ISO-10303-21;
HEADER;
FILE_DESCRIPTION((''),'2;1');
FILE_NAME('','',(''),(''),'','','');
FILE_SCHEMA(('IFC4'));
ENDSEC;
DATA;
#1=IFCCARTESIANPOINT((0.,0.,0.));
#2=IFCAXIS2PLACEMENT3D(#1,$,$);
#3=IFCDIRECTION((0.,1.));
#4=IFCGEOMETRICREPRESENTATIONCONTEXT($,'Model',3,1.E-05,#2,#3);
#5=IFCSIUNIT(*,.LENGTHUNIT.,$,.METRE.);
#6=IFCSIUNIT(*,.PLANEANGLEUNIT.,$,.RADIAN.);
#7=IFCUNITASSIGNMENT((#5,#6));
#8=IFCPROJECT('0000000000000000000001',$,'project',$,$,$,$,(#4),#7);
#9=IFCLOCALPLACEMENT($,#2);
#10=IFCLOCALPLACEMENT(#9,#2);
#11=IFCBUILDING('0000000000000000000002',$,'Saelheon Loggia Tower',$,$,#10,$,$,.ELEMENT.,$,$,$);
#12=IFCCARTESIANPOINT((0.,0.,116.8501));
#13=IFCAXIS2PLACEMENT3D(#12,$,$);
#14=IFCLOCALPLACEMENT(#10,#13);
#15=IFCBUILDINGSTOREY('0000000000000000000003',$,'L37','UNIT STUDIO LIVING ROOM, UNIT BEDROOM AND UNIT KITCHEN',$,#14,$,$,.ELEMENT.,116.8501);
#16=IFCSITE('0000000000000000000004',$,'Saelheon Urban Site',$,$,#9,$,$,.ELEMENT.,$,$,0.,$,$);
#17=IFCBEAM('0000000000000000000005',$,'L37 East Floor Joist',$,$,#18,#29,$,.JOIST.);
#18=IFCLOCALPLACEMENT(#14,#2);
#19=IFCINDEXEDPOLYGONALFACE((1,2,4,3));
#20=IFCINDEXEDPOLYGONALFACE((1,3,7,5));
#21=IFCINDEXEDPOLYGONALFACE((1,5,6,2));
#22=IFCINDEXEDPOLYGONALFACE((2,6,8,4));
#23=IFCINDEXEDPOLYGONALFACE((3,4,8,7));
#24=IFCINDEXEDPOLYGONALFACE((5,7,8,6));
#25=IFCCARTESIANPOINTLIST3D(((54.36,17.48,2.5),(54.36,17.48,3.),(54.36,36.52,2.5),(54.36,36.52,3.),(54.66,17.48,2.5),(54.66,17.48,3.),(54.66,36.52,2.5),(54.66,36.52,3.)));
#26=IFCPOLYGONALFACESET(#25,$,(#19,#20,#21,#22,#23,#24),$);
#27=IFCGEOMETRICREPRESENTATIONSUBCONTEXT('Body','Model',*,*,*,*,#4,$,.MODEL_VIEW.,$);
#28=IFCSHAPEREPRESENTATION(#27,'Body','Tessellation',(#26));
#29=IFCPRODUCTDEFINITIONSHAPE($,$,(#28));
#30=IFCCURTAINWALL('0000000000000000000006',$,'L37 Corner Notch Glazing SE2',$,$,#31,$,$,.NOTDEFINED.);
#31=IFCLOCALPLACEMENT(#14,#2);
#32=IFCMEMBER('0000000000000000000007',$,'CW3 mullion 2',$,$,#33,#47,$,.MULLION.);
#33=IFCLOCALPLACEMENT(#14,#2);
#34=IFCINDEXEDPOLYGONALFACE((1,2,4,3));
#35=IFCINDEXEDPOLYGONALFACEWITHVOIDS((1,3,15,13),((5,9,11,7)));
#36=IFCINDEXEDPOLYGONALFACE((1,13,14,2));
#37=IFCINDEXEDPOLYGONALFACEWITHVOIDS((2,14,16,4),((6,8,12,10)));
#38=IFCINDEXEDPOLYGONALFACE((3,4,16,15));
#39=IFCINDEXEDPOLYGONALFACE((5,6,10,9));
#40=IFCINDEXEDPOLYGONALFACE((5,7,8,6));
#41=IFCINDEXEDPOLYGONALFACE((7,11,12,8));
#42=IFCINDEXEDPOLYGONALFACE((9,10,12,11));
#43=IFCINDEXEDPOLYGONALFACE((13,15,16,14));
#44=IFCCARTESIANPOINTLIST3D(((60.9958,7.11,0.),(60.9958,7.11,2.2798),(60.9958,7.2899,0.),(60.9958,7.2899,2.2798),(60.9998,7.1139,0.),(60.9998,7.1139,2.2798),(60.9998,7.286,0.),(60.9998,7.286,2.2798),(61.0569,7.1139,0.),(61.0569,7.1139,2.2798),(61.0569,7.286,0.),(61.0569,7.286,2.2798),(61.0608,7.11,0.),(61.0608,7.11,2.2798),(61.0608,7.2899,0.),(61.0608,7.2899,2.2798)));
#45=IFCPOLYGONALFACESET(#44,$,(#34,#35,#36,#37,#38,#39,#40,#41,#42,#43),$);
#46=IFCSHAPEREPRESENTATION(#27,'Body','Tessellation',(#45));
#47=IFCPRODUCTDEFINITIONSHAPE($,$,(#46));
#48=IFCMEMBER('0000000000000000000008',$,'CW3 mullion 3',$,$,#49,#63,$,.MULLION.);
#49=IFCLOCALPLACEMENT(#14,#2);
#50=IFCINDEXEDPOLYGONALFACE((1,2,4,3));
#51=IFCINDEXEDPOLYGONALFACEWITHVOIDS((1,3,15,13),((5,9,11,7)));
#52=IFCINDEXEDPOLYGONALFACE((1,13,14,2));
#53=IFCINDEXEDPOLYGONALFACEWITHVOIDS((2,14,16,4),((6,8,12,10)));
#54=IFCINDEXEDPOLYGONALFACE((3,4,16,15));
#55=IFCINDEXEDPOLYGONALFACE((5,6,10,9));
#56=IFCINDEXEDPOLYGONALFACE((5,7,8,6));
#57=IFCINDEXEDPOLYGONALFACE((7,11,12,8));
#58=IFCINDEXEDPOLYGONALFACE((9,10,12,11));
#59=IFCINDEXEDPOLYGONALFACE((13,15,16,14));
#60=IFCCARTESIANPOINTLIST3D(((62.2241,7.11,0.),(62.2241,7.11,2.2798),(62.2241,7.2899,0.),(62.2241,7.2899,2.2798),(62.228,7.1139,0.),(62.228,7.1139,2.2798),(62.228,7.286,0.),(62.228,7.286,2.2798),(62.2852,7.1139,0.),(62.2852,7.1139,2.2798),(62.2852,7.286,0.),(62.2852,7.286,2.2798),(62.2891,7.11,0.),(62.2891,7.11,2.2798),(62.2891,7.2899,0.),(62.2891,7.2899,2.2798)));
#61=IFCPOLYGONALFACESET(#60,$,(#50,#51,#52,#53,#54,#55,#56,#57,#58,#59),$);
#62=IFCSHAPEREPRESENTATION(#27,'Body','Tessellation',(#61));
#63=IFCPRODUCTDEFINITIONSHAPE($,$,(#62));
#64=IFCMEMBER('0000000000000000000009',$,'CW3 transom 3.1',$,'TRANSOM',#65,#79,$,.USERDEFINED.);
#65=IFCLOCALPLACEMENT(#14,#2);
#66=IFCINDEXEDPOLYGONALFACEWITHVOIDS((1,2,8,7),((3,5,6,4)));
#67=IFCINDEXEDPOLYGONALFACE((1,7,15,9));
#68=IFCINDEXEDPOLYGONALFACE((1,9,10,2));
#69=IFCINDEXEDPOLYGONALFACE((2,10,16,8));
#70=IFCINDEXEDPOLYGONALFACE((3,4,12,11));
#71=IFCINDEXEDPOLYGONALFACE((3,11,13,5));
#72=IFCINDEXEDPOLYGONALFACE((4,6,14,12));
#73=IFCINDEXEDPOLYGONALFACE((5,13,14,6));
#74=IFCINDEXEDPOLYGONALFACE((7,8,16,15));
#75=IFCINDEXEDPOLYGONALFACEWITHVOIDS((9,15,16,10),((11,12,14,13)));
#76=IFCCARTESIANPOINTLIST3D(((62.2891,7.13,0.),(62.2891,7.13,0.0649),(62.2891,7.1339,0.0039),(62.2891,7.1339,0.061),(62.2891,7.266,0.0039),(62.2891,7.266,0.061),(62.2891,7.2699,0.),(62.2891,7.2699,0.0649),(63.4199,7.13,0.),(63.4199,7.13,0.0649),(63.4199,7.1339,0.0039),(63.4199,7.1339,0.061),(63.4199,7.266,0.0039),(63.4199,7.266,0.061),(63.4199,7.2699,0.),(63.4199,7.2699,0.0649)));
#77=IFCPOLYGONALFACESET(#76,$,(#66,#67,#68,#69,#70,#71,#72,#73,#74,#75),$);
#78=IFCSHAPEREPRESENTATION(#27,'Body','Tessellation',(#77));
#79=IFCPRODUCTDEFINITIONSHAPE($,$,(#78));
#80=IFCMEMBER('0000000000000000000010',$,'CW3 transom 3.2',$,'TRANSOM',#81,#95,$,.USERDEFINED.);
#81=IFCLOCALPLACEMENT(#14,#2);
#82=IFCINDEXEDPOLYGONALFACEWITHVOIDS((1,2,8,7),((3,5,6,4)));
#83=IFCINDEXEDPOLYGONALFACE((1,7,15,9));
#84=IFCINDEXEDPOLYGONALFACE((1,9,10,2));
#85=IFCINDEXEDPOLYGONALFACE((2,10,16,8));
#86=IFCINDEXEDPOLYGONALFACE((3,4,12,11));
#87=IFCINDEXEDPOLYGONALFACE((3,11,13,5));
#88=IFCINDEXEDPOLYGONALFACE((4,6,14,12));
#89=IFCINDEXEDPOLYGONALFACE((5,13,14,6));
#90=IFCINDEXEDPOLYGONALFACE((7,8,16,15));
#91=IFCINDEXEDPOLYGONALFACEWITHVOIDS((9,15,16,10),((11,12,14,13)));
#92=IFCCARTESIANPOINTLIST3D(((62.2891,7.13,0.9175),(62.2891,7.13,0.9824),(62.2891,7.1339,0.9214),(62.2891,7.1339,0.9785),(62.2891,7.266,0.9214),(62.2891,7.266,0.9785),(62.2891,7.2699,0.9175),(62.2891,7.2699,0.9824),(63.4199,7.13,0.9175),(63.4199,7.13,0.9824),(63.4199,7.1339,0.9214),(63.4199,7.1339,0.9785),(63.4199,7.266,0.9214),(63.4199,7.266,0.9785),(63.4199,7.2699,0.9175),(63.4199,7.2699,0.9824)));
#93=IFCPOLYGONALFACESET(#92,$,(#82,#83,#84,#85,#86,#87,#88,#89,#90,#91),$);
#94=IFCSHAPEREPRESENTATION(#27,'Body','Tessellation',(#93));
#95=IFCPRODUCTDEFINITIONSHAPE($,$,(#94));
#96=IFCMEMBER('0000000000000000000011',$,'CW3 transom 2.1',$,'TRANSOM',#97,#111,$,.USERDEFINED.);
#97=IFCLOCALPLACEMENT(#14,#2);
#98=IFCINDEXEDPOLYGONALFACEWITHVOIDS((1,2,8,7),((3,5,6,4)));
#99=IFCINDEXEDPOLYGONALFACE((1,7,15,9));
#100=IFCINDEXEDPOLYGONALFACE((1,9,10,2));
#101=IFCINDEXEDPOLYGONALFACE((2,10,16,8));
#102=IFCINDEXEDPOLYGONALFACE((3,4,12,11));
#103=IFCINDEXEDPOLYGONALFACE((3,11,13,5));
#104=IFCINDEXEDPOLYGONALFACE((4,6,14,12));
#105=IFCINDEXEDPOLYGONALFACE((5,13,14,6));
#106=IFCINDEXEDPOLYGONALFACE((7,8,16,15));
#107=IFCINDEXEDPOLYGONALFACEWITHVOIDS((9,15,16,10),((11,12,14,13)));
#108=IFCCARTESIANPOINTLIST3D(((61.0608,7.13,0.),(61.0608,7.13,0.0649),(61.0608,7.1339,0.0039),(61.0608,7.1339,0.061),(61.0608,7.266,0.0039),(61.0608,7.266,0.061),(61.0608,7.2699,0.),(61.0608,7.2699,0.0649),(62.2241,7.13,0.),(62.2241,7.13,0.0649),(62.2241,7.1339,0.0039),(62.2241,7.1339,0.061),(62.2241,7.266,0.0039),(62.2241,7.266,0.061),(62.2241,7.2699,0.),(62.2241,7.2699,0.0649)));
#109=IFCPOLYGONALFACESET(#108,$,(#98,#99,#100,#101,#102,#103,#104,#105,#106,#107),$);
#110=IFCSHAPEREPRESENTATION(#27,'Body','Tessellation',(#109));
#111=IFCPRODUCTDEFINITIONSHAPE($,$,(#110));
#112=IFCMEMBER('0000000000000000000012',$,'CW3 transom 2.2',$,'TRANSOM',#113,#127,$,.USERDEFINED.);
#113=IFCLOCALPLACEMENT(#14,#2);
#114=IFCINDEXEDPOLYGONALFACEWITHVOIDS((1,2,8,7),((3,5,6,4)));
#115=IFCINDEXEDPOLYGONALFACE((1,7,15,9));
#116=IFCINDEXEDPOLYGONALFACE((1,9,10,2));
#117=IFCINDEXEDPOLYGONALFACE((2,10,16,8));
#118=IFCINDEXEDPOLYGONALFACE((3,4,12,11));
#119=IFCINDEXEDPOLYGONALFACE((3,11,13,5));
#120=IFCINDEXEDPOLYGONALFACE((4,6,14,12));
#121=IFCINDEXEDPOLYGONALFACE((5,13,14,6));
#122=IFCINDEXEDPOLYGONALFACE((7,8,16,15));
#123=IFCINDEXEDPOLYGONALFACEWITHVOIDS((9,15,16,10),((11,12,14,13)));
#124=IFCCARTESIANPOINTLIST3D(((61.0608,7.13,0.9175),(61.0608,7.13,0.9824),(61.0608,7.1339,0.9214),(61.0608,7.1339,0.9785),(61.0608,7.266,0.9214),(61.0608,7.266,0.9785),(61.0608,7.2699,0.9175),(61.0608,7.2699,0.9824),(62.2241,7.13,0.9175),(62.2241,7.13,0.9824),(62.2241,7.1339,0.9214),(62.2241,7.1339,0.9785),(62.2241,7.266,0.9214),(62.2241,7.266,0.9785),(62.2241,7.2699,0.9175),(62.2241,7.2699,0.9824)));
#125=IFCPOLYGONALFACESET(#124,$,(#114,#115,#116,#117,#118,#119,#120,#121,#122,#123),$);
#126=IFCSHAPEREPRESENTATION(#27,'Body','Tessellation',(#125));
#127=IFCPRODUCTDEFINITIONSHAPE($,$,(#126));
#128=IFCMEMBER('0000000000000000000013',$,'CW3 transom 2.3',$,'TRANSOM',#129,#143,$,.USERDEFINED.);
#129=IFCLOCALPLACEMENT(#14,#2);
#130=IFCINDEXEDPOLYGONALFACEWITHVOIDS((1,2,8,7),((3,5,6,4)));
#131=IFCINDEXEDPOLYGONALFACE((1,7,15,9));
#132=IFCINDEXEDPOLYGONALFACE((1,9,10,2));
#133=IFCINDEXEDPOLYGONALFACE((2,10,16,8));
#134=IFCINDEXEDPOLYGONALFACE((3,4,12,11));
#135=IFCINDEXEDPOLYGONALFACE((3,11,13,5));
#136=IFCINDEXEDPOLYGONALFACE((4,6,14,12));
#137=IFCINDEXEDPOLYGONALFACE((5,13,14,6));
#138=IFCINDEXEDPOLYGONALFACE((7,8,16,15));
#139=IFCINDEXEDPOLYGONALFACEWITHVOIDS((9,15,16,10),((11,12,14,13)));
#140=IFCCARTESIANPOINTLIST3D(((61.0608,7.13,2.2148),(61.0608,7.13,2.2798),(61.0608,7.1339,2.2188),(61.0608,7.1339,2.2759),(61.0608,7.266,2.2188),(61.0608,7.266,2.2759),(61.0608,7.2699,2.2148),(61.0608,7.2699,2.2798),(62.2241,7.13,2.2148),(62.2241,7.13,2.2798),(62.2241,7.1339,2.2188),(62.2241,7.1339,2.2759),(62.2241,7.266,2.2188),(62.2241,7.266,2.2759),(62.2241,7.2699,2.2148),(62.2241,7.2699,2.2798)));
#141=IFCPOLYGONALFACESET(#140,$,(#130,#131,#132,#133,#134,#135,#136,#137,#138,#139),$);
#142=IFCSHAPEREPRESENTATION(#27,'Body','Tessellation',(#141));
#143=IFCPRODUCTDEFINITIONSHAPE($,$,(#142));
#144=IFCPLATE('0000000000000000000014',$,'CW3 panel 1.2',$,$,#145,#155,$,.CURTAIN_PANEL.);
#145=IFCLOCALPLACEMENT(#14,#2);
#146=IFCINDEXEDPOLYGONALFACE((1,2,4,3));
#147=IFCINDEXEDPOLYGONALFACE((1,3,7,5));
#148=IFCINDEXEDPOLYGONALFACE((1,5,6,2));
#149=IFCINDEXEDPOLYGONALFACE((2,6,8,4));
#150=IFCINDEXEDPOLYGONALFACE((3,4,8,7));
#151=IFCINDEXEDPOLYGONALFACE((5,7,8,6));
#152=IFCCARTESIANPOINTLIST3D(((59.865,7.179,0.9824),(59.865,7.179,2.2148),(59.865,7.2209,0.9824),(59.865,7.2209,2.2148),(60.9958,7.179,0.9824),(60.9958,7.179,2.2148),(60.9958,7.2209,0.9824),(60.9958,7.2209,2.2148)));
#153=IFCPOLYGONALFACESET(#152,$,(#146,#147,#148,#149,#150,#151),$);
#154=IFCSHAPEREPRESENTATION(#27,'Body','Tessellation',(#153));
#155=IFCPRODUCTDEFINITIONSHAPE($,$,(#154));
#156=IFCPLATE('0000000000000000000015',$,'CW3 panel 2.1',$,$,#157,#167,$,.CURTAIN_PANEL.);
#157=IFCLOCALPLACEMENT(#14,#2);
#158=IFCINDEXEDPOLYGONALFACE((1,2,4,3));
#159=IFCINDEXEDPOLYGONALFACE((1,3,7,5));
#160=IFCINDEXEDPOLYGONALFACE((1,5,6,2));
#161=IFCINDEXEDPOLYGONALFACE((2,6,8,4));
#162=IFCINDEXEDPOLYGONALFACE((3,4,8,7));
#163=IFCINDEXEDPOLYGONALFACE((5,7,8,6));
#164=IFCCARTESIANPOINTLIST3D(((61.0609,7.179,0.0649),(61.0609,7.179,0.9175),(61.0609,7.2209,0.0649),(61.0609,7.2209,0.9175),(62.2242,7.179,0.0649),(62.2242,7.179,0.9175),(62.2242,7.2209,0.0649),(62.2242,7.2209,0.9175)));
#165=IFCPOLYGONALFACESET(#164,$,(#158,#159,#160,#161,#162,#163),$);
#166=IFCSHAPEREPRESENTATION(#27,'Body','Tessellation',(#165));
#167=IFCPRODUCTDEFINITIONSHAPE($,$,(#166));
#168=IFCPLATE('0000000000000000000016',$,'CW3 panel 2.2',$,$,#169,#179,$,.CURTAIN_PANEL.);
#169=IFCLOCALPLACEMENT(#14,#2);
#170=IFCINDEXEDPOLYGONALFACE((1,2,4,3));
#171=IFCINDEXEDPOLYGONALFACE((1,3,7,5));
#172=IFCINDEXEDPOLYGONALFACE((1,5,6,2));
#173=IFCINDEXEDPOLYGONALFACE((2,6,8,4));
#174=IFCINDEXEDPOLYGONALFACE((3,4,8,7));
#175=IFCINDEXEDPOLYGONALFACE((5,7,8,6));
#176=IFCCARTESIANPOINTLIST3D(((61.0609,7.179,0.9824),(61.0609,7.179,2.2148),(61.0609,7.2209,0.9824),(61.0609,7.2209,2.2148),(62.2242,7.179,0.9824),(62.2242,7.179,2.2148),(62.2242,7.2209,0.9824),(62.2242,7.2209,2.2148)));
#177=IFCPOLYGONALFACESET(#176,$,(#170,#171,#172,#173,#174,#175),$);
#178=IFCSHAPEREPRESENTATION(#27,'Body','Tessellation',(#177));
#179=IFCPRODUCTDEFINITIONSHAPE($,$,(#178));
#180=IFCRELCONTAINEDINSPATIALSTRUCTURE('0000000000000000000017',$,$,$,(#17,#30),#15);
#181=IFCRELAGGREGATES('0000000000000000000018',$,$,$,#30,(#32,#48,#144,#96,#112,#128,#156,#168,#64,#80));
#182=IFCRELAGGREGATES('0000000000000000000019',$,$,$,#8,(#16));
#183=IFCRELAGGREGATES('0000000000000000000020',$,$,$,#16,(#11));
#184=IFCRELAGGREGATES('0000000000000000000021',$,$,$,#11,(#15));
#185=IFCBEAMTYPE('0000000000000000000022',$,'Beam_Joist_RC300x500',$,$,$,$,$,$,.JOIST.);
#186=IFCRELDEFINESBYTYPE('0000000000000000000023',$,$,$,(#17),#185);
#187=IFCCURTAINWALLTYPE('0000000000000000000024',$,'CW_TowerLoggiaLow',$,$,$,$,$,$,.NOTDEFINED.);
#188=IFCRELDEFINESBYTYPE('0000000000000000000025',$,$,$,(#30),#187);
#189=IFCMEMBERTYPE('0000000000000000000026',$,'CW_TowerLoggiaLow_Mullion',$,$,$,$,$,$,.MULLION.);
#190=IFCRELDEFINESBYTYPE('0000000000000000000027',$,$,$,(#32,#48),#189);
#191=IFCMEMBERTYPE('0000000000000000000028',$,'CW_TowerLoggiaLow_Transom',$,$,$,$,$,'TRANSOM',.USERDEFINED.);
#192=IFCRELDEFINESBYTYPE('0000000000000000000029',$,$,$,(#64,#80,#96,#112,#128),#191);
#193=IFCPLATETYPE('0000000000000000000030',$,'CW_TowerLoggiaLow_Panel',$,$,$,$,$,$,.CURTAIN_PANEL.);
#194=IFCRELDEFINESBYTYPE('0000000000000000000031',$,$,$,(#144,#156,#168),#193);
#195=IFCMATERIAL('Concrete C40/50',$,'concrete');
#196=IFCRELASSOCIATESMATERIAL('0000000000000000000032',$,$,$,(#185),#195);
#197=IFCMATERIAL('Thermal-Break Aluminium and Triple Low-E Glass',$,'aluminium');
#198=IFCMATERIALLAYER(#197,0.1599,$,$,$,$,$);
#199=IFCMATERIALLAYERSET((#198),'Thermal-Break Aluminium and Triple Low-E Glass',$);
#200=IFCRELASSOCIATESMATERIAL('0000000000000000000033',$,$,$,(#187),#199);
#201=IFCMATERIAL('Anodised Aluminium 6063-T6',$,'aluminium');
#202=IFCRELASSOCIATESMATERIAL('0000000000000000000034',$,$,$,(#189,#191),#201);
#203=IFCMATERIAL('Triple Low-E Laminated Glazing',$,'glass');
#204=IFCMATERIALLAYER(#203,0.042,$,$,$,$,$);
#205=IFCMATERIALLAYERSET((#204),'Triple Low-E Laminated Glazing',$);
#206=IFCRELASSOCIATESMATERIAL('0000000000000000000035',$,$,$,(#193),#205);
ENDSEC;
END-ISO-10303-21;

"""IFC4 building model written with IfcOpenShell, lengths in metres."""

from ifc_helpers import new_model, si_unit, direction, frame, origin, origin_2d, place, context, subcontext, project, spatial, rectangle, hollow_rectangle, extrude, source, transform, mapped, material, layer, layer_set, material_profile, profile_set, type_object, element, aggregate, save


model = new_model("IFC4")

# Units and contexts
model_context = context("Model", 3, precision=1e-05, world=origin(), true_north=direction((0.0, 1.0)))
body_context = subcontext(model_context, "Body", "Model", "MODEL_VIEW")
ifc_project = project(units=[si_unit("LENGTHUNIT", "METRE"), si_unit("PLANEANGLEUNIT", "RADIAN")], contexts=[model_context])

# Site, building, storey
site_placement = place(None, origin())
site = spatial("IfcSite", under=ifc_project, at=site_placement, Name="Saelheon Urban Site", CompositionType="ELEMENT", RefElevation=0.0)
building_placement = place(site_placement, origin())
building = spatial("IfcBuilding", under=site, at=building_placement, Name="Saelheon Loggia Tower", CompositionType="ELEMENT")
storey_placement = place(building_placement, frame((0.0, 0.0, 116.8501)))
storey = spatial("IfcBuildingStorey", under=building, at=storey_placement, Name="L37", Description="UNIT STUDIO LIVING ROOM, UNIT BEDROOM AND UNIT KITCHEN", CompositionType="ELEMENT", Elevation=116.8501)

# Beam
ifc_material_1 = material(Name="Concrete C40/50", Category="concrete")
ifc_material_profile_1 = material_profile(ifc_material_1, rectangle(XDim=0.3, YDim=0.5, at=origin_2d()), Name="RC-300x500")
ifc_profile_set_1 = profile_set([ifc_material_profile_1], Name="Concrete C40/50")
beam_type = type_object("IfcBeamType", Name="Beam_Joist_RC300x500", PredefinedType="JOIST", material=ifc_profile_set_1)
shared_shape_1 = source(origin(), body_context, "Body", "SweptSolid", [
    extrude(rectangle(XDim=0.3, YDim=0.5, at=origin_2d()), origin(), (0.0, 0.0, 1.0), 19.04),
])
beam_placement = place(storey_placement, frame((54.51, 17.48, 2.75), z_axis=(0.0, 1.0, 0.0), x_axis=(-1.0, 0.0, 0.0)))
element("IfcBeam", 1, at=beam_placement, inside=storey, type_object=beam_type, Name="L37 East Floor Joist", PredefinedType="JOIST", context=body_context, shape_type="MappedRepresentation", body=[
    mapped(shared_shape_1, transform((0.0, 0.0, 0.0), scale=1.0)),
])

# Curtain wall, members, plates
ifc_material_2 = material(Name="Thermal-Break Aluminium and Triple Low-E Glass", Category="aluminium")
ifc_layer_1 = layer(ifc_material_2, 0.1599)
ifc_layer_set_1 = layer_set([ifc_layer_1], Name="Thermal-Break Aluminium and Triple Low-E Glass")
curtain_wall_type = type_object("IfcCurtainWallType", Name="CW_TowerLoggiaLow", PredefinedType="NOTDEFINED", material=ifc_layer_set_1)
curtain_wall_placement = place(storey_placement, origin())
curtain_wall = element("IfcCurtainWall", 2, at=curtain_wall_placement, inside=storey, type_object=curtain_wall_type, Name="L37 Corner Notch Glazing SE2", PredefinedType="NOTDEFINED")
ifc_material_3 = material(Name="Anodised Aluminium 6063-T6", Category="aluminium")
ifc_material_profile_2 = material_profile(ifc_material_3, hollow_rectangle(XDim=0.0649, YDim=0.1799, WallThickness=0.0039, at=origin_2d()), Name="RHS-180x65x4")
ifc_profile_set_2 = profile_set([ifc_material_profile_2], Name="Anodised Aluminium 6063-T6")
member_type_1 = type_object("IfcMemberType", Name="CW_TowerLoggiaLow_Mullion", PredefinedType="MULLION", material=ifc_profile_set_2)
shared_shape_2 = source(origin(), body_context, "Body", "SweptSolid", [
    extrude(hollow_rectangle(XDim=0.0649, YDim=0.1799, WallThickness=0.0039, at=origin_2d()), origin(), (0.0, 0.0, 1.0), 2.2798),
])
member_1_placement = place(storey_placement, frame((61.0283, 7.2, 0.0), z_axis=(0.0, 0.0, 1.0), x_axis=(1.0, 0.0, 0.0)))
member_1 = element("IfcMember", 3, at=member_1_placement, type_object=member_type_1, Name="CW3 mullion 2", PredefinedType="MULLION", context=body_context, shape_type="MappedRepresentation", body=[
    mapped(shared_shape_2, transform((0.0, 0.0, 0.0), scale=1.0)),
])
member_2_placement = place(storey_placement, frame((62.2566, 7.2, 0.0), z_axis=(0.0, 0.0, 1.0), x_axis=(1.0, 0.0, 0.0)))
member_2 = element("IfcMember", 4, at=member_2_placement, type_object=member_type_1, Name="CW3 mullion 3", PredefinedType="MULLION", context=body_context, shape_type="MappedRepresentation", body=[
    mapped(shared_shape_2, transform((0.0, 0.0, 0.0), scale=1.0)),
])
ifc_material_profile_3 = material_profile(ifc_material_3, hollow_rectangle(XDim=0.0649, YDim=0.1399, WallThickness=0.0039, at=origin_2d()), Name="RHS-140x65x4")
ifc_profile_set_3 = profile_set([ifc_material_profile_3], Name="Anodised Aluminium 6063-T6")
member_type_2 = type_object("IfcMemberType", Name="CW_TowerLoggiaLow_Transom", ElementType="TRANSOM", PredefinedType="USERDEFINED", material=ifc_profile_set_3)
shared_shape_3 = source(origin(), body_context, "Body", "SweptSolid", [
    extrude(hollow_rectangle(XDim=0.0649, YDim=0.1399, WallThickness=0.0039, at=origin_2d()), origin(), (0.0, 0.0, 1.0), 1.1309),
])
member_3_placement = place(storey_placement, frame((62.2891, 7.2, 0.0325), z_axis=(1.0, 0.0, 0.0), x_axis=(0.0, 0.0, 1.0)))
member_3 = element("IfcMember", 5, at=member_3_placement, type_object=member_type_2, Name="CW3 transom 3.1", ObjectType="TRANSOM", PredefinedType="USERDEFINED", context=body_context, shape_type="MappedRepresentation", body=[
    mapped(shared_shape_3, transform((0.0, 0.0, 0.0), scale=1.0)),
])
member_4_placement = place(storey_placement, frame((62.2891, 7.2, 0.95), z_axis=(1.0, 0.0, 0.0), x_axis=(0.0, 0.0, 1.0)))
member_4 = element("IfcMember", 6, at=member_4_placement, type_object=member_type_2, Name="CW3 transom 3.2", ObjectType="TRANSOM", PredefinedType="USERDEFINED", context=body_context, shape_type="MappedRepresentation", body=[
    mapped(shared_shape_3, transform((0.0, 0.0, 0.0), scale=1.0)),
])
shared_shape_4 = source(origin(), body_context, "Body", "SweptSolid", [
    extrude(hollow_rectangle(XDim=0.0649, YDim=0.1399, WallThickness=0.0039, at=origin_2d()), origin(), (0.0, 0.0, 1.0), 1.1633),
])
member_5_placement = place(storey_placement, frame((61.0608, 7.2, 0.0325), z_axis=(1.0, 0.0, 0.0), x_axis=(0.0, 0.0, 1.0)))
member_5 = element("IfcMember", 7, at=member_5_placement, type_object=member_type_2, Name="CW3 transom 2.1", ObjectType="TRANSOM", PredefinedType="USERDEFINED", context=body_context, shape_type="MappedRepresentation", body=[
    mapped(shared_shape_4, transform((0.0, 0.0, 0.0), scale=1.0)),
])
member_6_placement = place(storey_placement, frame((61.0608, 7.2, 0.95), z_axis=(1.0, 0.0, 0.0), x_axis=(0.0, 0.0, 1.0)))
member_6 = element("IfcMember", 8, at=member_6_placement, type_object=member_type_2, Name="CW3 transom 2.2", ObjectType="TRANSOM", PredefinedType="USERDEFINED", context=body_context, shape_type="MappedRepresentation", body=[
    mapped(shared_shape_4, transform((0.0, 0.0, 0.0), scale=1.0)),
])
member_7_placement = place(storey_placement, frame((61.0608, 7.2, 2.2473), z_axis=(1.0, 0.0, 0.0), x_axis=(0.0, 0.0, 1.0)))
member_7 = element("IfcMember", 9, at=member_7_placement, type_object=member_type_2, Name="CW3 transom 2.3", ObjectType="TRANSOM", PredefinedType="USERDEFINED", context=body_context, shape_type="MappedRepresentation", body=[
    mapped(shared_shape_4, transform((0.0, 0.0, 0.0), scale=1.0)),
])
ifc_material_4 = material(Name="Triple Low-E Laminated Glazing", Category="glass")
ifc_layer_2 = layer(ifc_material_4, 0.042)
ifc_layer_set_2 = layer_set([ifc_layer_2], Name="Triple Low-E Laminated Glazing")
plate_type = type_object("IfcPlateType", Name="CW_TowerLoggiaLow_Panel", PredefinedType="CURTAIN_PANEL", material=ifc_layer_set_2)
shared_shape_5 = source(origin(), body_context, "Body", "SweptSolid", [
    extrude(rectangle(XDim=1.1309, YDim=0.042, at=origin_2d()), origin(), (0.0, 0.0, 1.0), 1.2324),
])
plate_1_placement = place(storey_placement, frame((60.4304, 7.2, 0.9824), z_axis=(0.0, 0.0, 1.0), x_axis=(1.0, 0.0, 0.0)))
plate_1 = element("IfcPlate", 10, at=plate_1_placement, type_object=plate_type, Name="CW3 panel 1.2", PredefinedType="CURTAIN_PANEL", context=body_context, shape_type="MappedRepresentation", body=[
    mapped(shared_shape_5, transform((0.0, 0.0, 0.0), scale=1.0)),
])
shared_shape_6 = source(origin(), body_context, "Body", "SweptSolid", [
    extrude(rectangle(XDim=1.1633, YDim=0.042, at=origin_2d()), origin(), (0.0, 0.0, 1.0), 0.8525),
])
plate_2_placement = place(storey_placement, frame((61.6426, 7.2, 0.0649), z_axis=(0.0, 0.0, 1.0), x_axis=(1.0, 0.0, 0.0)))
plate_2 = element("IfcPlate", 11, at=plate_2_placement, type_object=plate_type, Name="CW3 panel 2.1", PredefinedType="CURTAIN_PANEL", context=body_context, shape_type="MappedRepresentation", body=[
    mapped(shared_shape_6, transform((0.0, 0.0, 0.0), scale=1.0)),
])
shared_shape_7 = source(origin(), body_context, "Body", "SweptSolid", [
    extrude(rectangle(XDim=1.1633, YDim=0.042, at=origin_2d()), origin(), (0.0, 0.0, 1.0), 1.2324),
])
plate_3_placement = place(storey_placement, frame((61.6426, 7.2, 0.9824), z_axis=(0.0, 0.0, 1.0), x_axis=(1.0, 0.0, 0.0)))
plate_3 = element("IfcPlate", 12, at=plate_3_placement, type_object=plate_type, Name="CW3 panel 2.2", PredefinedType="CURTAIN_PANEL", context=body_context, shape_type="MappedRepresentation", body=[
    mapped(shared_shape_7, transform((0.0, 0.0, 0.0), scale=1.0)),
])
aggregate(curtain_wall, [member_1, member_2, plate_1, member_5, member_6, member_7, plate_2, plate_3, member_3, member_4])

save(model, "model.ifc")
